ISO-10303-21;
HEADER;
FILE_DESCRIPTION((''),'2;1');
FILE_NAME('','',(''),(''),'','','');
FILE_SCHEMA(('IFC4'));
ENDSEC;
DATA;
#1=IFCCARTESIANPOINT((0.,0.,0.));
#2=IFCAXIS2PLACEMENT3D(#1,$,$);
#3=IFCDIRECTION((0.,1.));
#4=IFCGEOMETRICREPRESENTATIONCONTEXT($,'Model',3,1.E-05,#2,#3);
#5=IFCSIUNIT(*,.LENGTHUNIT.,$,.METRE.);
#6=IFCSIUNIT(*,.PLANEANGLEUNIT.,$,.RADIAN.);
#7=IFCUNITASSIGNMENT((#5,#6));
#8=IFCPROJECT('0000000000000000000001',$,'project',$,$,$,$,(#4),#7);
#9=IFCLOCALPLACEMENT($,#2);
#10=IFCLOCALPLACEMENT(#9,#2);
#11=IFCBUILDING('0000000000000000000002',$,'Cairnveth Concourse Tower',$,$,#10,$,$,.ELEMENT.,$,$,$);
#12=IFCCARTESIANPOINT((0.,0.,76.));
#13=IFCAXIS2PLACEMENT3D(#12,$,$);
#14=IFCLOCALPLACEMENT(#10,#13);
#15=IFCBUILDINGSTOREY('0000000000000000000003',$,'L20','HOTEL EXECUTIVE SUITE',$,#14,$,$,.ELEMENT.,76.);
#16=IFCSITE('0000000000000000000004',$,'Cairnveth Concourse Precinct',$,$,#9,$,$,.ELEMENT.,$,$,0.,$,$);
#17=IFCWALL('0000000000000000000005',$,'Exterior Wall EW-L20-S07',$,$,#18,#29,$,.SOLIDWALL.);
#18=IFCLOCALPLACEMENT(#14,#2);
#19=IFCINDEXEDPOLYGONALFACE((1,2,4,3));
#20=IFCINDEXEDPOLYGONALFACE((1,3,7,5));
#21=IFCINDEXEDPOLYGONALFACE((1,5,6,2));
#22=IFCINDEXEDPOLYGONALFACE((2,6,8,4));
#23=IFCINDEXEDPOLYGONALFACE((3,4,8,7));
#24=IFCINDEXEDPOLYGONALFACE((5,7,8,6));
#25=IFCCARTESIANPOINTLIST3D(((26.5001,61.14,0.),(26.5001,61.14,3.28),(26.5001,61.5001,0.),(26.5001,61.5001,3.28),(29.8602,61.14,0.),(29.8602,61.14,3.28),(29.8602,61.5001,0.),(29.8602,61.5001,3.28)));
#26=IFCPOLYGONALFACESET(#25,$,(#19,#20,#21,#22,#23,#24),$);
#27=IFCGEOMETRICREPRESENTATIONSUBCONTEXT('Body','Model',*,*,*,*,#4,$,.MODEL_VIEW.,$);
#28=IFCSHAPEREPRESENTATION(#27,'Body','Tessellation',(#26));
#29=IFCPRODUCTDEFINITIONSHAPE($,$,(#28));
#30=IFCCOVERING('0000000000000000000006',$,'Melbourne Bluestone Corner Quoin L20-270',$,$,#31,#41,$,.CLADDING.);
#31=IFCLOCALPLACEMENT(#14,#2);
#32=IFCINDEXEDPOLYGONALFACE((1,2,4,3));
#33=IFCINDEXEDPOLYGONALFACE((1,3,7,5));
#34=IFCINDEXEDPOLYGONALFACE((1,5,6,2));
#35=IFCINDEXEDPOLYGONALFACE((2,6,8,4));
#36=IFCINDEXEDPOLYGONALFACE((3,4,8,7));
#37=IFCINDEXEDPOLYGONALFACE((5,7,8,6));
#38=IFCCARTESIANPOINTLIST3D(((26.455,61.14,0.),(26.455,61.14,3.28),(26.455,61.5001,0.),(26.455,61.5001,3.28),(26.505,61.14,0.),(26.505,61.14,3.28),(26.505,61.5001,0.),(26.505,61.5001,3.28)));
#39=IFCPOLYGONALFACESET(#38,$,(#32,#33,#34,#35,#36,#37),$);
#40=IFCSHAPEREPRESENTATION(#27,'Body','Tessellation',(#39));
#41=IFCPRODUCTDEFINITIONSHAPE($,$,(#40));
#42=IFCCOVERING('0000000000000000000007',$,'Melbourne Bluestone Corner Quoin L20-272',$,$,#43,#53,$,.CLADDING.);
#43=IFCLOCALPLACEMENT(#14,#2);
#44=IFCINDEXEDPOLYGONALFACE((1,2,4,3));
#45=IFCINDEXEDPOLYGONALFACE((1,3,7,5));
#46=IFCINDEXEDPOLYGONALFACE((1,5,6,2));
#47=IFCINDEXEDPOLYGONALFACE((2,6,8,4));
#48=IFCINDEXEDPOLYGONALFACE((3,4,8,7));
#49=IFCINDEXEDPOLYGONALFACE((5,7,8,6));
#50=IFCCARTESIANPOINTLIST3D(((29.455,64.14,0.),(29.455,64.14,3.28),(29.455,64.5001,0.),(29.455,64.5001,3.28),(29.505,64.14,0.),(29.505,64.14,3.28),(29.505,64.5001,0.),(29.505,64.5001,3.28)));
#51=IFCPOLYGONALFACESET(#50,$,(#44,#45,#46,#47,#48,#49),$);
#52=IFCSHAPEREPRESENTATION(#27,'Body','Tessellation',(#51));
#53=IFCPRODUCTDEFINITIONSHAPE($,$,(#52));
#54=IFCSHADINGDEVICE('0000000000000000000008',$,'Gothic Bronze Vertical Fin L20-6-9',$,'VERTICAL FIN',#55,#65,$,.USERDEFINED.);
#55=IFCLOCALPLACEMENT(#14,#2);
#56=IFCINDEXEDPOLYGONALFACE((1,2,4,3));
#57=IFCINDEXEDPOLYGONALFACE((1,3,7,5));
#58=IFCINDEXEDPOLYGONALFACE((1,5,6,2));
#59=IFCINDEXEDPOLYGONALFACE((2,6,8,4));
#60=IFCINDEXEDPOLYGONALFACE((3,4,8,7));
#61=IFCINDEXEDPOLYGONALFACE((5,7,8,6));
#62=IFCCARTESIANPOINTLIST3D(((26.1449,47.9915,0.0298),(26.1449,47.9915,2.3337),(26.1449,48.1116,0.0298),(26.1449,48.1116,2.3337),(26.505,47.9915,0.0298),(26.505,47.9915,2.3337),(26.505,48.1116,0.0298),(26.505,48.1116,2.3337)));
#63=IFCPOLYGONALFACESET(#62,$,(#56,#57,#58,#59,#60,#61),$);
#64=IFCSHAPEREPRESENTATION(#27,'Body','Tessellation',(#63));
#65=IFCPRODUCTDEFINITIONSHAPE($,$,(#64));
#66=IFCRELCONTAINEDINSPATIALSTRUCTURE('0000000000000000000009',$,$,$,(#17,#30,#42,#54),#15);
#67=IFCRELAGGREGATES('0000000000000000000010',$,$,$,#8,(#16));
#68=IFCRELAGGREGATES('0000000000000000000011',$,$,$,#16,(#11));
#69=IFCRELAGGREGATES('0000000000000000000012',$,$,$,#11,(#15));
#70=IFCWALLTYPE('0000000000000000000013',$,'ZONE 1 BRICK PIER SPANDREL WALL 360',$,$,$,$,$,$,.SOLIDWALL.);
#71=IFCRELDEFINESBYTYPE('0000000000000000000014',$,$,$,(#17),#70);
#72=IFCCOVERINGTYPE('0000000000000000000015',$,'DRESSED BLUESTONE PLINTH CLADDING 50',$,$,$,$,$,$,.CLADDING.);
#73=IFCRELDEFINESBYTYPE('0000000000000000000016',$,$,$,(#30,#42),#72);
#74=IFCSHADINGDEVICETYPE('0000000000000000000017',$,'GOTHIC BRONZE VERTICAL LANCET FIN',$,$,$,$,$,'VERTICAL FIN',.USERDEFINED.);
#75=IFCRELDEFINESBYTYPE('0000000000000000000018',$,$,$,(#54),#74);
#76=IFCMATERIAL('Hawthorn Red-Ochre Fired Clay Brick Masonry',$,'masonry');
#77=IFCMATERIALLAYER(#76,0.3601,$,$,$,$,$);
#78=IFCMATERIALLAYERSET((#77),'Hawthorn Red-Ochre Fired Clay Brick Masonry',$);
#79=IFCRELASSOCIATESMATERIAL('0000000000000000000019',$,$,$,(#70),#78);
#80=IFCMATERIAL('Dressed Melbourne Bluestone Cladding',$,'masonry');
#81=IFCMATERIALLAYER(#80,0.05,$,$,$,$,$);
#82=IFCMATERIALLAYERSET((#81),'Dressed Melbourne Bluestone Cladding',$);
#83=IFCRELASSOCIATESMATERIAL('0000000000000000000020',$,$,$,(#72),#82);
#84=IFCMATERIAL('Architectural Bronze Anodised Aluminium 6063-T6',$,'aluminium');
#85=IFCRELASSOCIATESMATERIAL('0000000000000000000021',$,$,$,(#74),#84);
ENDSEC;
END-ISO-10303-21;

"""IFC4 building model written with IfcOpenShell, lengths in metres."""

from ifc_helpers import new_model, si_unit, direction, frame, frame_2d, origin, origin_2d, place, context, subcontext, project, spatial, rectangle, extrude, material, layer, layer_set, type_object, element, save


model = new_model("IFC4")

# Units and contexts
model_context = context("Model", 3, precision=1e-05, world=origin(), true_north=direction((0.0, 1.0)))
body_context = subcontext(model_context, "Body", "Model", "MODEL_VIEW")
ifc_project = project(units=[si_unit("LENGTHUNIT", "METRE"), si_unit("PLANEANGLEUNIT", "RADIAN")], contexts=[model_context])

# Site, building, storey
site_placement = place(None, origin())
site = spatial("IfcSite", under=ifc_project, at=site_placement, Name="Cairnveth Concourse Precinct", CompositionType="ELEMENT", RefElevation=0.0)
building_placement = place(site_placement, origin())
building = spatial("IfcBuilding", under=site, at=building_placement, Name="Cairnveth Concourse Tower", CompositionType="ELEMENT")
storey_placement = place(building_placement, frame((0.0, 0.0, 76.0)))
storey = spatial("IfcBuildingStorey", under=building, at=storey_placement, Name="L20", Description="HOTEL EXECUTIVE SUITE", CompositionType="ELEMENT", Elevation=76.0)

# Wall
ifc_material_1 = material(Name="Hawthorn Red-Ochre Fired Clay Brick Masonry", Category="masonry")
ifc_layer_1 = layer(ifc_material_1, 0.3601)
ifc_layer_set_1 = layer_set([ifc_layer_1], Name="Hawthorn Red-Ochre Fired Clay Brick Masonry")
wall_type_1 = type_object("IfcWallType", Name="ZONE 1 BRICK PIER SPANDREL WALL 360", PredefinedType="SOLIDWALL", material=ifc_layer_set_1)
wall_1_placement = place(storey_placement, frame((26.5, 61.3201, 0.0), z_axis=(0.0, 0.0, 1.0), x_axis=(1.0, 0.0, 0.0)))
element("IfcWall", 1, at=wall_1_placement, inside=storey, type_object=wall_type_1, Name="Exterior Wall EW-L20-S07", PredefinedType="SOLIDWALL", context=body_context, shape_type="SweptSolid", body=[
    extrude(rectangle(XDim=3.3601, YDim=0.3601, at=frame_2d((1.6802, 0.0))), origin(), (0.0, 0.0, 1.0), 3.28),
])

# Coverings
ifc_material_2 = material(Name="Dressed Melbourne Bluestone Cladding", Category="masonry")
ifc_layer_2 = layer(ifc_material_2, 0.05)
ifc_layer_set_2 = layer_set([ifc_layer_2], Name="Dressed Melbourne Bluestone Cladding")
covering_type = type_object("IfcCoveringType", Name="DRESSED BLUESTONE PLINTH CLADDING 50", PredefinedType="CLADDING", material=ifc_layer_set_2)
for number, where, z_axis, x_axis, name in (
    (2, (26.48, 61.1399, 0.0), (0.0, 0.0, 1.0), (0.0, 1.0, 0.0), "Melbourne Bluestone Corner Quoin L20-270"),
    (3, (29.48, 64.1399, 0.0), (0.0, 0.0, 1.0), (0.0, 1.0, 0.0), "Melbourne Bluestone Corner Quoin L20-272"),
):
    element("IfcCovering", number, at=place(storey_placement, frame(where, z_axis=z_axis, x_axis=x_axis)), inside=storey, type_object=covering_type, Name=name, PredefinedType="CLADDING", context=body_context, shape_type="SweptSolid", body=[
        extrude(rectangle(XDim=0.3601, YDim=0.05, at=frame_2d((0.1802, 0.0))), origin(), (0.0, 0.0, 1.0), 3.28),
    ])

# Shading device
ifc_material_3 = material(Name="Architectural Bronze Anodised Aluminium 6063-T6", Category="aluminium")
shading_device_type = type_object("IfcShadingDeviceType", Name="GOTHIC BRONZE VERTICAL LANCET FIN", ElementType="VERTICAL FIN", PredefinedType="USERDEFINED", material=ifc_material_3)
shading_device_placement = place(storey_placement, frame((26.325, 48.0515, 0.0298), z_axis=(0.0, 0.0, 1.0), x_axis=(0.0, 1.0, 0.0)))
element("IfcShadingDevice", 4, at=shading_device_placement, inside=storey, type_object=shading_device_type, Name="Gothic Bronze Vertical Fin L20-6-9", ObjectType="VERTICAL FIN", PredefinedType="USERDEFINED", context=body_context, shape_type="SweptSolid", body=[
    extrude(rectangle(XDim=0.1201, YDim=0.3601, at=origin_2d()), origin(), (0.0, 0.0, 1.0), 2.304),
])

save(model, "model.ifc")
